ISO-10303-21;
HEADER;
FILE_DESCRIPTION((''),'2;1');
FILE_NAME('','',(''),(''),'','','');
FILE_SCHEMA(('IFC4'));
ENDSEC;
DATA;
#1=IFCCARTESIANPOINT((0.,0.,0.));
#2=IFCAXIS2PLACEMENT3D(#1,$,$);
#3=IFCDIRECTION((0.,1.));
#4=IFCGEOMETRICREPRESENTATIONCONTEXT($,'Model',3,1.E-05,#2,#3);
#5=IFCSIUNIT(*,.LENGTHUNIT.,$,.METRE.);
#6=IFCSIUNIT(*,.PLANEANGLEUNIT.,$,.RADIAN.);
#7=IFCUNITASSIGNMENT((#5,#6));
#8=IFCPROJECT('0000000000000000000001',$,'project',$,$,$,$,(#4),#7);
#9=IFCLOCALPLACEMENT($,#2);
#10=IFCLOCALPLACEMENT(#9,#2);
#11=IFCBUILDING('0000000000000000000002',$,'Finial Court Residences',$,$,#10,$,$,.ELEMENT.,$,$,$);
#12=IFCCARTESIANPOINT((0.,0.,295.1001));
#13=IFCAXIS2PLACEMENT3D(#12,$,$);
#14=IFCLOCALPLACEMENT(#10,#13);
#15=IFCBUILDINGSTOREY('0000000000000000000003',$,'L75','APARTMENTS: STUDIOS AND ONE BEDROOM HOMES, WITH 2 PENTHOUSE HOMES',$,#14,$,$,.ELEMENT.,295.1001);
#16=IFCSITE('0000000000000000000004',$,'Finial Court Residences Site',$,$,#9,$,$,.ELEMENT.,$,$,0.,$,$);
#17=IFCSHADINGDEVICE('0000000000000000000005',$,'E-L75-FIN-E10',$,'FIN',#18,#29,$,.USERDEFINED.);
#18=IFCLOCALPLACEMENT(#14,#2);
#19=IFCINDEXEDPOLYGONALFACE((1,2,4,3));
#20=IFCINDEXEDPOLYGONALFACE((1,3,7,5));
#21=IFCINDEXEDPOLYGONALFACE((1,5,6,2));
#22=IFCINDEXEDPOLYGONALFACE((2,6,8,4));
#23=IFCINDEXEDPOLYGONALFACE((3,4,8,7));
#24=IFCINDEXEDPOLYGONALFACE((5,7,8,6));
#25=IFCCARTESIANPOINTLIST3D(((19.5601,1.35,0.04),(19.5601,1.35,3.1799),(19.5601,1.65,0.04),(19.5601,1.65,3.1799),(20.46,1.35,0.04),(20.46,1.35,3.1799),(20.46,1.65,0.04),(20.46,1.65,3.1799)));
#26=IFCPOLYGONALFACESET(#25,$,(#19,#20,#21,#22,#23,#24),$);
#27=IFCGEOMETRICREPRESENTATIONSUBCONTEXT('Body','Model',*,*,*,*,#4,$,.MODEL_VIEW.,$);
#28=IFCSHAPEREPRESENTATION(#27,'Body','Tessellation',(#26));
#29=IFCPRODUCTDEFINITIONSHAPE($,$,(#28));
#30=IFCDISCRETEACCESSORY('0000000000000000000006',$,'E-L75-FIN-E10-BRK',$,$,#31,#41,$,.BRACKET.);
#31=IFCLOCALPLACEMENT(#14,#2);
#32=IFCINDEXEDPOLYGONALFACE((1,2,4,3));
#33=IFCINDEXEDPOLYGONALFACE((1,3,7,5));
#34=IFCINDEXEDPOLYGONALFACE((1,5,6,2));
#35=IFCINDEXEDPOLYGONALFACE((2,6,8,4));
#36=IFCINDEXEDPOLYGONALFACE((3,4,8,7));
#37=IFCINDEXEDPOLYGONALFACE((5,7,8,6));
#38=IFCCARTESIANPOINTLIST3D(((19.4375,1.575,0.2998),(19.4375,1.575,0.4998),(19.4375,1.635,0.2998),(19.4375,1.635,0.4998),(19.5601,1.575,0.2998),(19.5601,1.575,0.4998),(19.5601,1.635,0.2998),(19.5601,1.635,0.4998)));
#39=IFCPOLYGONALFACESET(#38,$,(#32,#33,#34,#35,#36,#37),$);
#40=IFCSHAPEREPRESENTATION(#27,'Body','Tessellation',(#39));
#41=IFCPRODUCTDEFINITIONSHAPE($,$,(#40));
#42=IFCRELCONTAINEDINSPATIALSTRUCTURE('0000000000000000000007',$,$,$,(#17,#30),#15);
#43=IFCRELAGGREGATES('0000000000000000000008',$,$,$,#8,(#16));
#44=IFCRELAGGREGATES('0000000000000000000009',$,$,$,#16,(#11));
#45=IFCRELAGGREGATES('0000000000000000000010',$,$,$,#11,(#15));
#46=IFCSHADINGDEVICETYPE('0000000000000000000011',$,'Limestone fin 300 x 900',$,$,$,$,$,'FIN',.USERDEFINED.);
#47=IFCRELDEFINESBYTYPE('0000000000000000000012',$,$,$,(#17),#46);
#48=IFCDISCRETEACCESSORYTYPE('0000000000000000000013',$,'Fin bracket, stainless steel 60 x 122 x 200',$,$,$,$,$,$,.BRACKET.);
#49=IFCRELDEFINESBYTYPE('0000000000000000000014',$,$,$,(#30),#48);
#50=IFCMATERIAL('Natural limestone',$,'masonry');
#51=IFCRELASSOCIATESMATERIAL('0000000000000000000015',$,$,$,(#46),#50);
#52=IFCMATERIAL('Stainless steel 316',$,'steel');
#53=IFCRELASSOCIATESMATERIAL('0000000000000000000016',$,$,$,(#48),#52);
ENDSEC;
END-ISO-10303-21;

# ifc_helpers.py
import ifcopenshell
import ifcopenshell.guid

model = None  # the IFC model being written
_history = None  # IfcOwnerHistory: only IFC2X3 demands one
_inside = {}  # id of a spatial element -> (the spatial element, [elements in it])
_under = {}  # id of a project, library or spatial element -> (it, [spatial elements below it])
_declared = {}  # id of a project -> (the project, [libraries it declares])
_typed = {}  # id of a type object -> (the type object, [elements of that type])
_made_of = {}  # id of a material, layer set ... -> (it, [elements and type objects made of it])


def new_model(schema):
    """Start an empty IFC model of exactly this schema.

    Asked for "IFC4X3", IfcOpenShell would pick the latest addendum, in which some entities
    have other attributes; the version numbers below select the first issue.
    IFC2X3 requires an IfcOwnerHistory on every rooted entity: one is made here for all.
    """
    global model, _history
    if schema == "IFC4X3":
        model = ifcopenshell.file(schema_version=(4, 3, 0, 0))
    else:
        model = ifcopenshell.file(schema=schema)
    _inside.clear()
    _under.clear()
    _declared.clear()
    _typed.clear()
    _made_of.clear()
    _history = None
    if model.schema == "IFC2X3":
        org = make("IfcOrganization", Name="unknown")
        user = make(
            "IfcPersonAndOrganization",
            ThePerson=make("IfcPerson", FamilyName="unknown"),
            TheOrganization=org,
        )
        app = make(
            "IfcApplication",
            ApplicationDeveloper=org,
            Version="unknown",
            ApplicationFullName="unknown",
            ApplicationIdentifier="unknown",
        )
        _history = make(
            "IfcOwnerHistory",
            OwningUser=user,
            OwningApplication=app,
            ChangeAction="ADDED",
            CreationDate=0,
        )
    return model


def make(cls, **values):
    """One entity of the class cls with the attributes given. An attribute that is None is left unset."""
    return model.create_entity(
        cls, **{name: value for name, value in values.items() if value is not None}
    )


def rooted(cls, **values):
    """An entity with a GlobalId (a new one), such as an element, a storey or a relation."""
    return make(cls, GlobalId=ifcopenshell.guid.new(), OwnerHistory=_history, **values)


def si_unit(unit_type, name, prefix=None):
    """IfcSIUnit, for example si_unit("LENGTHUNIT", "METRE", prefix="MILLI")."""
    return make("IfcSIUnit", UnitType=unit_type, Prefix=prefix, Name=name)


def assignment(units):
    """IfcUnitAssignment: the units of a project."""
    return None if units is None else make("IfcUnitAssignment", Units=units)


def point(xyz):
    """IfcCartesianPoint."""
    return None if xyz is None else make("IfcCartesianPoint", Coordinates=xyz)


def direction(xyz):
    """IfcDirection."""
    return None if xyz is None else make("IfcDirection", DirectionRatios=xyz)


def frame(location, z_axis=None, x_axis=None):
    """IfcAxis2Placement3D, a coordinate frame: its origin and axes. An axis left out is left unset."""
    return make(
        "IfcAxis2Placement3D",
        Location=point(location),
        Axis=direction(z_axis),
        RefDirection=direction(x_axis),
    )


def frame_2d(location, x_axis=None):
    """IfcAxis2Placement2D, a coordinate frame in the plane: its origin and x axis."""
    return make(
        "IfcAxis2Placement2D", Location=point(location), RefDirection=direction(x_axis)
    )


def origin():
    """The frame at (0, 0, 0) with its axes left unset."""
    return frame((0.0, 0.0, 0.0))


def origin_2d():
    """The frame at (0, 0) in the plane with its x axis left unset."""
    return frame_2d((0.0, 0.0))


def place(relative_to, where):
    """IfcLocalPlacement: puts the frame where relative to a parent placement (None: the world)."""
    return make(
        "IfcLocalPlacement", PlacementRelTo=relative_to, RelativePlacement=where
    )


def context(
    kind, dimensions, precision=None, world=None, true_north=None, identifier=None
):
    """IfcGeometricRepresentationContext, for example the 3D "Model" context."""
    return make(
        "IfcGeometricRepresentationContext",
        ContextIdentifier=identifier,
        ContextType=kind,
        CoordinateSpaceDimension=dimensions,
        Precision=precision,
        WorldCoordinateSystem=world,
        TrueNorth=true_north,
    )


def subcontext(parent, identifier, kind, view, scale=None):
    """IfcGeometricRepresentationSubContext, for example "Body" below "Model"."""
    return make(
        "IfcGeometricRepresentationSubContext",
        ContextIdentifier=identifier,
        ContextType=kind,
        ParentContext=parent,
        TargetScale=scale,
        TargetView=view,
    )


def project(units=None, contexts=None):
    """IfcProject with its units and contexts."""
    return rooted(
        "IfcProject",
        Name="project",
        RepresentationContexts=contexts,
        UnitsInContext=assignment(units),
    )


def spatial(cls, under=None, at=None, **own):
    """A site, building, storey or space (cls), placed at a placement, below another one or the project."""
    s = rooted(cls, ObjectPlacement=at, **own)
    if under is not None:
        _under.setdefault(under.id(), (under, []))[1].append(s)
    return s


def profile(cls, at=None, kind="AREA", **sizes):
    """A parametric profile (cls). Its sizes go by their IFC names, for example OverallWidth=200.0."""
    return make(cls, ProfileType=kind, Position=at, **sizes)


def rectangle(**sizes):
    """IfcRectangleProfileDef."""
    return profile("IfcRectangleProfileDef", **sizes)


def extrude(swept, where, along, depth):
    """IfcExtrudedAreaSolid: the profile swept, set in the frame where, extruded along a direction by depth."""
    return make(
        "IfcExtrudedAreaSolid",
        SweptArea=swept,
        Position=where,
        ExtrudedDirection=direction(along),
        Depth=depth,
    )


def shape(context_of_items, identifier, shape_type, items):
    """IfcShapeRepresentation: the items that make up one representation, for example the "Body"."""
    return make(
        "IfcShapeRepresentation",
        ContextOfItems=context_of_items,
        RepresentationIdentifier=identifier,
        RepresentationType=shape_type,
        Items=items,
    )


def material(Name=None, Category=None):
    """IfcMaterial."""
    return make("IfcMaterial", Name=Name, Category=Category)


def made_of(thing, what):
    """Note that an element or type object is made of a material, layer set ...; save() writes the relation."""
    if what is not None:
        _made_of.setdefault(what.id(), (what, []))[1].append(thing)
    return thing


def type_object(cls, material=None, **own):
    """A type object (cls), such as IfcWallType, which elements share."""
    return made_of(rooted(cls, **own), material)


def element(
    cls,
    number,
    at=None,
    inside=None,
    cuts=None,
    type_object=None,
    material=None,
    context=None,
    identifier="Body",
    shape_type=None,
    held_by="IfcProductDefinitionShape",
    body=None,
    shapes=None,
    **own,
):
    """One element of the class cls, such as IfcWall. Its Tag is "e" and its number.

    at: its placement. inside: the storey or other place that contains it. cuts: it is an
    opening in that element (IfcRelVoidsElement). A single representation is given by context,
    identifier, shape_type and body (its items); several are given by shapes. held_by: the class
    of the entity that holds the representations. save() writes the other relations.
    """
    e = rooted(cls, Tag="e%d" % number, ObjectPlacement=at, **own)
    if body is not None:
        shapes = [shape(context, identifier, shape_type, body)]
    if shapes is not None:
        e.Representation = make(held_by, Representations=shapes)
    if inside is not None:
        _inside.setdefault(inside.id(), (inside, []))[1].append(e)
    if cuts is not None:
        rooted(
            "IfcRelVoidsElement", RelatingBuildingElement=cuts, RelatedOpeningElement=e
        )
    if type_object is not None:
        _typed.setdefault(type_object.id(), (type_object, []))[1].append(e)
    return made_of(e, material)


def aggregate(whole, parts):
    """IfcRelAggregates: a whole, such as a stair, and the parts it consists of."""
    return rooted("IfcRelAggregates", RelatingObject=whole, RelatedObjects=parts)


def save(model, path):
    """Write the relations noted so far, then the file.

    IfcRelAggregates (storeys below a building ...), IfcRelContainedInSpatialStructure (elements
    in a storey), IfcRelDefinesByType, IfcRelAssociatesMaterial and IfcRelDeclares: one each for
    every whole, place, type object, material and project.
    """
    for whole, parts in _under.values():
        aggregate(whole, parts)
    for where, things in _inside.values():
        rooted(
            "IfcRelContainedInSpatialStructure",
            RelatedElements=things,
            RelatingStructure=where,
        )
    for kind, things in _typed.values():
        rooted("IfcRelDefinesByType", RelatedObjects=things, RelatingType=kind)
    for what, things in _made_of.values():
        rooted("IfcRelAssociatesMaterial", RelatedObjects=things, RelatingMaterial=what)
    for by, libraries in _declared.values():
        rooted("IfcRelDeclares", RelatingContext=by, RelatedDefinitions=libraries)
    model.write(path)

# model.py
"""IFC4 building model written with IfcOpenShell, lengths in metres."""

from ifc_helpers import new_model, si_unit, direction, frame, origin, origin_2d, place, context, subcontext, project, spatial, rectangle, extrude, material, type_object, element, save


model = new_model("IFC4")

# Units and contexts
model_context = context("Model", 3, precision=1e-05, world=origin(), true_north=direction((0.0, 1.0)))
body_context = subcontext(model_context, "Body", "Model", "MODEL_VIEW")
ifc_project = project(units=[si_unit("LENGTHUNIT", "METRE"), si_unit("PLANEANGLEUNIT", "RADIAN")], contexts=[model_context])

# Site, building, storey
site_placement = place(None, origin())
site = spatial("IfcSite", under=ifc_project, at=site_placement, Name="Finial Court Residences Site", CompositionType="ELEMENT", RefElevation=0.0)
building_placement = place(site_placement, origin())
building = spatial("IfcBuilding", under=site, at=building_placement, Name="Finial Court Residences", CompositionType="ELEMENT")
storey_placement = place(building_placement, frame((0.0, 0.0, 295.1001)))
storey = spatial("IfcBuildingStorey", under=building, at=storey_placement, Name="L75", Description="APARTMENTS: STUDIOS AND ONE BEDROOM HOMES, WITH 2 PENTHOUSE HOMES", CompositionType="ELEMENT", Elevation=295.1001)

# Shared definitions
ifc_material_1 = material(Name="Natural limestone", Category="masonry")

# Shading device
shading_device_type = type_object("IfcShadingDeviceType", Name="Limestone fin 300 x 900", ElementType="FIN", PredefinedType="USERDEFINED", material=ifc_material_1)
shading_device_placement = place(storey_placement, frame((20.01, 1.5, 0.04), z_axis=(0.0, 0.0, 1.0), x_axis=(1.0, 0.0, 0.0)))
element("IfcShadingDevice", 1, at=shading_device_placement, inside=storey, type_object=shading_device_type, Name="E-L75-FIN-E10", ObjectType="FIN", PredefinedType="USERDEFINED", context=body_context, shape_type="SweptSolid", body=[
    extrude(rectangle(XDim=0.8999, YDim=0.3, at=origin_2d()), origin(), (0.0, 0.0, 1.0), 3.1399),
])

# Discrete accessory
ifc_material_2 = material(Name="Stainless steel 316", Category="steel")
discrete_accessory_type = type_object("IfcDiscreteAccessoryType", Name="Fin bracket, stainless steel 60 x 122 x 200", PredefinedType="BRACKET", material=ifc_material_2)
discrete_accessory_placement = place(storey_placement, frame((19.4988, 1.605, 0.2998), z_axis=(0.0, 0.0, 1.0), x_axis=(1.0, 0.0, 0.0)))
element("IfcDiscreteAccessory", 2, at=discrete_accessory_placement, inside=storey, type_object=discrete_accessory_type, Name="E-L75-FIN-E10-BRK", PredefinedType="BRACKET", context=body_context, shape_type="SweptSolid", body=[
    extrude(rectangle(XDim=0.1226, YDim=0.0601, at=origin_2d()), origin(), (0.0, 0.0, 1.0), 0.2),
])

save(model, "model.ifc")
